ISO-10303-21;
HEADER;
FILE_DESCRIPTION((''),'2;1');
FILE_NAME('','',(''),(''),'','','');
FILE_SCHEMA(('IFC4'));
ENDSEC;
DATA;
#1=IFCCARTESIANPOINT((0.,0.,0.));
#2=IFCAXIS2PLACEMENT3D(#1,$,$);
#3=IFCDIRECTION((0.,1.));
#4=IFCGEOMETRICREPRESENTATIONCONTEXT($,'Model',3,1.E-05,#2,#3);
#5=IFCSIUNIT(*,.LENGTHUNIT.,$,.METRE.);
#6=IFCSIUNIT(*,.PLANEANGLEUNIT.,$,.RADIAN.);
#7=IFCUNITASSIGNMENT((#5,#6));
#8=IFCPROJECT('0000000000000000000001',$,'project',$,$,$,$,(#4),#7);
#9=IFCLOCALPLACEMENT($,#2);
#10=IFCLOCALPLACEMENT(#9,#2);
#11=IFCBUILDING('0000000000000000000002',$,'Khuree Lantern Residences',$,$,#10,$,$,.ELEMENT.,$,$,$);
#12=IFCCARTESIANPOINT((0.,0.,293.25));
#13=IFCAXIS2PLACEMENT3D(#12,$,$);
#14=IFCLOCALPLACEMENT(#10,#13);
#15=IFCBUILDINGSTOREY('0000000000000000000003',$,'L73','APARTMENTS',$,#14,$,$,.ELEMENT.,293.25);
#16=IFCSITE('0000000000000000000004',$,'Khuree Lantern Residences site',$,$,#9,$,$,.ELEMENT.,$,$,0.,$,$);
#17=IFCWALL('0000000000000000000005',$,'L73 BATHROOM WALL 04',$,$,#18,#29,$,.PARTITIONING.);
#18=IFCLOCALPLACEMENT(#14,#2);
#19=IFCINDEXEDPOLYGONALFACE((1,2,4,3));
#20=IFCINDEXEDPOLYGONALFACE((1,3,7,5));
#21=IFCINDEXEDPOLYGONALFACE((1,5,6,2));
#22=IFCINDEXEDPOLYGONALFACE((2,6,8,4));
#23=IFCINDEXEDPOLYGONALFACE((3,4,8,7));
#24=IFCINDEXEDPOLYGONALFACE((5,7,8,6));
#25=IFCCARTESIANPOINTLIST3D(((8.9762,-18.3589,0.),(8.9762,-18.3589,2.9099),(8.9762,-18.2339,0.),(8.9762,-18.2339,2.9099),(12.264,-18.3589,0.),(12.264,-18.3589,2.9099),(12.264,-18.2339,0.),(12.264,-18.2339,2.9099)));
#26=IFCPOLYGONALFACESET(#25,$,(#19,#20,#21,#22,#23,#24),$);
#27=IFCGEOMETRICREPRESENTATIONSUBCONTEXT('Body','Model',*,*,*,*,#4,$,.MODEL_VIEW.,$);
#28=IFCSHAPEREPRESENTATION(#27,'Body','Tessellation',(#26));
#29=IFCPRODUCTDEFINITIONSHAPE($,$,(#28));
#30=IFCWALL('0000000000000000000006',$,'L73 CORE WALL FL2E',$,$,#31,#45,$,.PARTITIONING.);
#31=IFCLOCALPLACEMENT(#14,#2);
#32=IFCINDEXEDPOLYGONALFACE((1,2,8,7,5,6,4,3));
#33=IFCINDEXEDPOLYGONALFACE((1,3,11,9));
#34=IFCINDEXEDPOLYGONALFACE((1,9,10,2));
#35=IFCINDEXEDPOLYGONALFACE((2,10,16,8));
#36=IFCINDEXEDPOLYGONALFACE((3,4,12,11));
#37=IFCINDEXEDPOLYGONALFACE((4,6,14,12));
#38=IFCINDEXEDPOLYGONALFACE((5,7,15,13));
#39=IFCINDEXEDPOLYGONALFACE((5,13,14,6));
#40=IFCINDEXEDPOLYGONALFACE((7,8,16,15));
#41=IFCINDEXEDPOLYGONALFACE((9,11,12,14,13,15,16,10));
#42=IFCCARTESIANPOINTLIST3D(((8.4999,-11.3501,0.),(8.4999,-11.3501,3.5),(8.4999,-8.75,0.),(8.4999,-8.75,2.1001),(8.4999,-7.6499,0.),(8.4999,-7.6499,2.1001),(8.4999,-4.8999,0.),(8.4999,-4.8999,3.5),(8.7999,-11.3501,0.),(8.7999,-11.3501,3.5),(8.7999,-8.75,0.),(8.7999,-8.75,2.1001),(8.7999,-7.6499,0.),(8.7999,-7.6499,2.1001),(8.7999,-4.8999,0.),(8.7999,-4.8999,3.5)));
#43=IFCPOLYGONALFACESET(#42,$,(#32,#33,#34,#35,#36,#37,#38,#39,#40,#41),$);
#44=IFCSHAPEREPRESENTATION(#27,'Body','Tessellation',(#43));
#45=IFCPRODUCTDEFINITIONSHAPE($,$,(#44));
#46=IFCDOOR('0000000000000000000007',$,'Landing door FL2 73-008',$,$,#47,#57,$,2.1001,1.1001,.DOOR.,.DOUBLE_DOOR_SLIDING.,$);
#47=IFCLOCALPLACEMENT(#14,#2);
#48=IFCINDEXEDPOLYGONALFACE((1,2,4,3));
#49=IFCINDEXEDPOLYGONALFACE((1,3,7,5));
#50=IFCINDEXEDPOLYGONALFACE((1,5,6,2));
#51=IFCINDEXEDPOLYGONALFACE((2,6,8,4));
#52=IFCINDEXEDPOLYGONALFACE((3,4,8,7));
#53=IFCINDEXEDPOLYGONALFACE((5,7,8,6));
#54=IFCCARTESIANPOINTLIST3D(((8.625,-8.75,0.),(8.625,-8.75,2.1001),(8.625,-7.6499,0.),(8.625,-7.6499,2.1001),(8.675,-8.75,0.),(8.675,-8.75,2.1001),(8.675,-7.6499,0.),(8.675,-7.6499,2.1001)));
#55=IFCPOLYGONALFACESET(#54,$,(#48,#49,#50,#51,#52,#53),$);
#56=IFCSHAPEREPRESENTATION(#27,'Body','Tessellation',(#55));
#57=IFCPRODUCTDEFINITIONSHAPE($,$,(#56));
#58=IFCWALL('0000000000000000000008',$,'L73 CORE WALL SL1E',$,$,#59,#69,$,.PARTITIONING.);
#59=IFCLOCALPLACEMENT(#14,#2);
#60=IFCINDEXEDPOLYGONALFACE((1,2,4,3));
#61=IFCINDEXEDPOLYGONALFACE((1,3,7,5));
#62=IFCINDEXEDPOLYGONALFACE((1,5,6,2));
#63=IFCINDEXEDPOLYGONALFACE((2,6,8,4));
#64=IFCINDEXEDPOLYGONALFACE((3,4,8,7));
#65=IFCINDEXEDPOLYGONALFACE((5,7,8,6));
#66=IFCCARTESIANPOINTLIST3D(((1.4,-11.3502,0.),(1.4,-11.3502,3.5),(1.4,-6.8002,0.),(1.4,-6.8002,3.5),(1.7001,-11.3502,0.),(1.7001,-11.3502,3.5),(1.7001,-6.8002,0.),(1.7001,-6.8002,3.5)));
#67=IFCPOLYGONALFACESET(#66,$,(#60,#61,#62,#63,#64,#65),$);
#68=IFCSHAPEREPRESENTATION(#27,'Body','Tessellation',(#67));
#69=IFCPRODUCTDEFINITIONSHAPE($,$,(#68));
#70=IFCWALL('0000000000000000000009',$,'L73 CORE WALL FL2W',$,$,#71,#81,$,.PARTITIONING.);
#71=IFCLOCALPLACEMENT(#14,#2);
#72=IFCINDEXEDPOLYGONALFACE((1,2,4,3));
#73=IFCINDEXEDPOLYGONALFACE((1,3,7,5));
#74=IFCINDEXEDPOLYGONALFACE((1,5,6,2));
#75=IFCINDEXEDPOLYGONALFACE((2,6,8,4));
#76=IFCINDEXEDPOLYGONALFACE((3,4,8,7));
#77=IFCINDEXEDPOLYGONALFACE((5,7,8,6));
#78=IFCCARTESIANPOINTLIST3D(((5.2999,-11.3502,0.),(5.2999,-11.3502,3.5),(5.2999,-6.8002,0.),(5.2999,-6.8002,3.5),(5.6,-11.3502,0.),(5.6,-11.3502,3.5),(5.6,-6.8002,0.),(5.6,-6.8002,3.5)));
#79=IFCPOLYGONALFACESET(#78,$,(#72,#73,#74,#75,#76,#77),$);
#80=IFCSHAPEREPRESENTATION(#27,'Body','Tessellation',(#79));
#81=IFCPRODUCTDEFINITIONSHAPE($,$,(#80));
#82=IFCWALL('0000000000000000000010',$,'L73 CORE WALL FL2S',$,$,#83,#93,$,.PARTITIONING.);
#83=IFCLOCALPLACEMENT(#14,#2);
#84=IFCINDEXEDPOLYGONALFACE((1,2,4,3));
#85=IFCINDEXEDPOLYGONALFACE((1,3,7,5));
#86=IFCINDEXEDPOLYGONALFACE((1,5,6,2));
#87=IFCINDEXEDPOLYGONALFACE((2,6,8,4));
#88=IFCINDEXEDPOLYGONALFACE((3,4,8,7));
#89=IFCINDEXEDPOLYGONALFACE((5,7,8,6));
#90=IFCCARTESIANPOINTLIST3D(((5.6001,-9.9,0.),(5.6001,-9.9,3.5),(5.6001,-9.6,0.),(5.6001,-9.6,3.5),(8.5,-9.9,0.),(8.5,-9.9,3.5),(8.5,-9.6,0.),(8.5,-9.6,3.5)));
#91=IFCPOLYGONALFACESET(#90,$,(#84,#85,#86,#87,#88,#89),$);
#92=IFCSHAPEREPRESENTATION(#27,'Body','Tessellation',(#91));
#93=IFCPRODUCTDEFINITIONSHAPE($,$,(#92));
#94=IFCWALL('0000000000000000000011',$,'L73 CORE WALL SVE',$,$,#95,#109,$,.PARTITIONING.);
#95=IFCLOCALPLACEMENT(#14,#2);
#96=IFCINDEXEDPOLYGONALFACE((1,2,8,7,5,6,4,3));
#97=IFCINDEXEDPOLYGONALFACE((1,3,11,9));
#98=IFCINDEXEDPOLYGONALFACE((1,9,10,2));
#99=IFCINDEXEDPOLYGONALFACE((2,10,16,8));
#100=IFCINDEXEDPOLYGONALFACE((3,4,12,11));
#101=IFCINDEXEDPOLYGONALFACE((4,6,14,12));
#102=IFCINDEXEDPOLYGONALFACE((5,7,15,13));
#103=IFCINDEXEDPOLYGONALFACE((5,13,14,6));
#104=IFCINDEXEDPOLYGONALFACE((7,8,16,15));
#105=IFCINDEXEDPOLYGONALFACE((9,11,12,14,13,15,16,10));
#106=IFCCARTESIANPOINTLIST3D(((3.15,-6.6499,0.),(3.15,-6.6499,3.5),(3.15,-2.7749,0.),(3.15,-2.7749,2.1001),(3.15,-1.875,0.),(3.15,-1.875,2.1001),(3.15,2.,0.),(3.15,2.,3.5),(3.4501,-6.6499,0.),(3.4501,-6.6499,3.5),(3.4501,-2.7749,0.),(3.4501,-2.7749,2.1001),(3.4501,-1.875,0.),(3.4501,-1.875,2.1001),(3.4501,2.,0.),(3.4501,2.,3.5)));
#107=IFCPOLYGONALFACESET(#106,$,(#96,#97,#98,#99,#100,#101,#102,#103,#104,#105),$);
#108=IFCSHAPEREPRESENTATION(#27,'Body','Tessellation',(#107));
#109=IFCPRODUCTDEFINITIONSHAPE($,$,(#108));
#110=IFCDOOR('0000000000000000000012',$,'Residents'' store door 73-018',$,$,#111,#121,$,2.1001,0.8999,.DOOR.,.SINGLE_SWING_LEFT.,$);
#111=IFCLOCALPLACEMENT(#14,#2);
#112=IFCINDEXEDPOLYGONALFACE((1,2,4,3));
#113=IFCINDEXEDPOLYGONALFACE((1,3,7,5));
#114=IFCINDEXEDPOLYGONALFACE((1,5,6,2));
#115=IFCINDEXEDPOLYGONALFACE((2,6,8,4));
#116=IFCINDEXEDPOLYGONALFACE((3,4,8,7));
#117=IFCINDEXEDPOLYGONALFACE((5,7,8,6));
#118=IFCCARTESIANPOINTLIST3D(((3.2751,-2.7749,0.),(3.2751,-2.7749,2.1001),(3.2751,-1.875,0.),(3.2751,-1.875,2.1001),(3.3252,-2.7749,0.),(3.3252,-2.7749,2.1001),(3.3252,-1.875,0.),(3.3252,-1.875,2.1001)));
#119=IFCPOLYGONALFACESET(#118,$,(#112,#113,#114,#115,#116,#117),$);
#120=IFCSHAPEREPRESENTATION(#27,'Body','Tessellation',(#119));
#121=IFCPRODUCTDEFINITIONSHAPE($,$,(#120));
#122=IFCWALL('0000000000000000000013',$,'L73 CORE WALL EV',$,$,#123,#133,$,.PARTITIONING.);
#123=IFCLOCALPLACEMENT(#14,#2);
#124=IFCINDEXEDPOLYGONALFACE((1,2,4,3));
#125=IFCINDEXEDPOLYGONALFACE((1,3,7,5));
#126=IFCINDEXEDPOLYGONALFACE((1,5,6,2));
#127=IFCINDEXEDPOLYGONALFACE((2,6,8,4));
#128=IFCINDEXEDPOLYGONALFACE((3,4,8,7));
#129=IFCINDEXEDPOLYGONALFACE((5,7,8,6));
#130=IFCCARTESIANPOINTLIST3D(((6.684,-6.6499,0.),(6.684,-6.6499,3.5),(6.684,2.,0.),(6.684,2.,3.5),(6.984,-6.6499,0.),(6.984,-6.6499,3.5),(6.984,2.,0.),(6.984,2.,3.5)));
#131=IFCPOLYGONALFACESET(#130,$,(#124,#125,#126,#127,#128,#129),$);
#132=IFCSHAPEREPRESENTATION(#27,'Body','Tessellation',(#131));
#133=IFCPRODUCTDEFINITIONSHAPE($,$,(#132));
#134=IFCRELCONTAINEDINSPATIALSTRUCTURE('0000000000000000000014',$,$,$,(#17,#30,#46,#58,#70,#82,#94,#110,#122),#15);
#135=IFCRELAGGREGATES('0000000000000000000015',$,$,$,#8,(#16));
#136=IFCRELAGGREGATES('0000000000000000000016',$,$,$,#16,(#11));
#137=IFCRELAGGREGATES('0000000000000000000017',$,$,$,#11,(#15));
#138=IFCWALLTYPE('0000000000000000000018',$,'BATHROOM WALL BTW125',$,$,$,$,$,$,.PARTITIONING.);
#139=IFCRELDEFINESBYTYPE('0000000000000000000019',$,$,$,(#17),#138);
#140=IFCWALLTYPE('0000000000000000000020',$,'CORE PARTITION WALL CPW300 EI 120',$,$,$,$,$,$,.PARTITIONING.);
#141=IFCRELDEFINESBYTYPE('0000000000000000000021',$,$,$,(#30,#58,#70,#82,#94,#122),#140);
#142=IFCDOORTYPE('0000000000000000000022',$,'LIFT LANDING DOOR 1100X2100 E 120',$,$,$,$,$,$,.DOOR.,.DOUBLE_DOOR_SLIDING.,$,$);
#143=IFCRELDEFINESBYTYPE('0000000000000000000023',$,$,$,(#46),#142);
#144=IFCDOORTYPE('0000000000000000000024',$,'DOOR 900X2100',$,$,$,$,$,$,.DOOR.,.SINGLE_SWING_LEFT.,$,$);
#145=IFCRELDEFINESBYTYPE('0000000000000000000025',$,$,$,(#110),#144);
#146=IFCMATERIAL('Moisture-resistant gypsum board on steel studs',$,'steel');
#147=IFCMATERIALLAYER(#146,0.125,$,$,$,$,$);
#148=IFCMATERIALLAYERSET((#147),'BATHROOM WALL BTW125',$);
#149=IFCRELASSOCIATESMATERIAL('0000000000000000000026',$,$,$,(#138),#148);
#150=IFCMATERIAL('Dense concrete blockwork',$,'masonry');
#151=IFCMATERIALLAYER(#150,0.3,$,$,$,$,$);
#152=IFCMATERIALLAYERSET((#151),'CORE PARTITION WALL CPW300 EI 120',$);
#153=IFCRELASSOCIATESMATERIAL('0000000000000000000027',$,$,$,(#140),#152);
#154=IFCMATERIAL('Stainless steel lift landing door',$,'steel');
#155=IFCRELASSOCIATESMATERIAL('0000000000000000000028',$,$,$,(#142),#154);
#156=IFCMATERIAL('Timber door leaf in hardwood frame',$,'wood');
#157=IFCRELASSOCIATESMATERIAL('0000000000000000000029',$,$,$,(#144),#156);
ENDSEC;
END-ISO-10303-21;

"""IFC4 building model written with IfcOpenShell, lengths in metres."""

from ifc_helpers import new_model, si_unit, direction, frame, frame_2d, origin, place, context, subcontext, project, spatial, rectangle, extrude, material, layer, layer_set, type_object, element, fill, save


model = new_model("IFC4")

# Units and contexts
model_context = context("Model", 3, precision=1e-05, world=origin(), true_north=direction((0.0, 1.0)))
body_context = subcontext(model_context, "Body", "Model", "MODEL_VIEW")
ifc_project = project(units=[si_unit("LENGTHUNIT", "METRE"), si_unit("PLANEANGLEUNIT", "RADIAN")], contexts=[model_context])

# Site, building, storey
site_placement = place(None, origin())
site = spatial("IfcSite", under=ifc_project, at=site_placement, Name="Khuree Lantern Residences site", CompositionType="ELEMENT", RefElevation=0.0)
building_placement = place(site_placement, origin())
building = spatial("IfcBuilding", under=site, at=building_placement, Name="Khuree Lantern Residences", CompositionType="ELEMENT")
storey_placement = place(building_placement, frame((0.0, 0.0, 293.25)))
storey = spatial("IfcBuildingStorey", under=building, at=storey_placement, Name="L73", Description="APARTMENTS", CompositionType="ELEMENT", Elevation=293.25)

# Wall
ifc_material_1 = material(Name="Moisture-resistant gypsum board on steel studs", Category="steel")
ifc_layer_1 = layer(ifc_material_1, 0.125)
ifc_layer_set_1 = layer_set([ifc_layer_1], Name="BATHROOM WALL BTW125")
wall_type_1 = type_object("IfcWallType", Name="BATHROOM WALL BTW125", PredefinedType="PARTITIONING", material=ifc_layer_set_1)
wall_1_placement = place(storey_placement, frame((8.9761, -18.2964, 0.0), z_axis=(0.0, 0.0, 1.0), x_axis=(1.0, 0.0, 0.0)))
element("IfcWall", 1, at=wall_1_placement, inside=storey, type_object=wall_type_1, Name="L73 BATHROOM WALL 04", PredefinedType="PARTITIONING", context=body_context, shape_type="SweptSolid", body=[
    extrude(rectangle(XDim=3.2878, YDim=0.125, at=frame_2d((1.644, 0.0))), origin(), (0.0, 0.0, 1.0), 2.9099),
])

# Wall, opening, door
ifc_material_2 = material(Name="Dense concrete blockwork", Category="masonry")
ifc_layer_2 = layer(ifc_material_2, 0.3)
ifc_layer_set_2 = layer_set([ifc_layer_2], Name="CORE PARTITION WALL CPW300 EI 120")
wall_type_2 = type_object("IfcWallType", Name="CORE PARTITION WALL CPW300 EI 120", PredefinedType="PARTITIONING", material=ifc_layer_set_2)
wall_2_placement = place(storey_placement, frame((8.6499, -11.3501, 0.0), z_axis=(0.0, 0.0, 1.0), x_axis=(0.0, 1.0, 0.0)))
wall_2 = element("IfcWall", 2, at=wall_2_placement, inside=storey, type_object=wall_type_2, Name="L73 CORE WALL FL2E", PredefinedType="PARTITIONING", context=body_context, shape_type="SweptSolid", body=[
    extrude(rectangle(XDim=6.4502, YDim=0.3, at=frame_2d((3.2251, 0.0))), origin(), (0.0, 0.0, 1.0), 3.5),
])
opening_1_placement = place(wall_2_placement, frame((2.6001, 0.0, 0.0)))
opening_1 = element("IfcOpeningElement", 3, at=opening_1_placement, cuts=wall_2, PredefinedType="OPENING", context=body_context, shape_type="SweptSolid", body=[
    extrude(rectangle(XDim=1.1001, YDim=2.1001, at=frame_2d((0.55, 1.05))), frame((0.0, 0.1602, 0.0), z_axis=(0.0, -1.0, 0.0), x_axis=(1.0, 0.0, 0.0)), (0.0, 0.0, 1.0), 0.3201),
])
ifc_material_3 = material(Name="Stainless steel lift landing door", Category="steel")
door_type_1 = type_object("IfcDoorType", Name="LIFT LANDING DOOR 1100X2100 E 120", OperationType="DOUBLE_DOOR_SLIDING", PredefinedType="DOOR", material=ifc_material_3)
door_1_placement = place(opening_1_placement, origin())
door_1 = element("IfcDoor", 4, at=door_1_placement, inside=storey, type_object=door_type_1, Name="Landing door FL2 73-008", OperationType="DOUBLE_DOOR_SLIDING", OverallHeight=2.1001, OverallWidth=1.1001, PredefinedType="DOOR", context=body_context, shape_type="SweptSolid", body=[
    extrude(rectangle(XDim=1.1001, YDim=2.1001, at=frame_2d((0.55, 1.05))), frame((0.0, 0.0249, 0.0), z_axis=(0.0, -1.0, 0.0), x_axis=(1.0, 0.0, 0.0)), (0.0, 0.0, 1.0), 0.05),
])
fill(opening_1, door_1)

# Walls
for number, where, z_axis, x_axis, name in (
    (5, (1.55, -11.3501, 0.0), (0.0, 0.0, 1.0), (0.0, 1.0, 0.0), "L73 CORE WALL SL1E"),
    (6, (5.45, -11.3501, 0.0), (0.0, 0.0, 1.0), (0.0, 1.0, 0.0), "L73 CORE WALL FL2W"),
):
    element("IfcWall", number, at=place(storey_placement, frame(where, z_axis=z_axis, x_axis=x_axis)), inside=storey, type_object=wall_type_2, Name=name, PredefinedType="PARTITIONING", context=body_context, shape_type="SweptSolid", body=[
        extrude(rectangle(XDim=4.55, YDim=0.3, at=frame_2d((2.2749, 0.0))), origin(), (0.0, 0.0, 1.0), 3.5),
    ])
wall_3_placement = place(storey_placement, frame((5.6001, -9.75, 0.0), z_axis=(0.0, 0.0, 1.0), x_axis=(1.0, 0.0, 0.0)))
element("IfcWall", 7, at=wall_3_placement, inside=storey, type_object=wall_type_2, Name="L73 CORE WALL FL2S", PredefinedType="PARTITIONING", context=body_context, shape_type="SweptSolid", body=[
    extrude(rectangle(XDim=2.8999, YDim=0.3, at=frame_2d((1.45, 0.0))), origin(), (0.0, 0.0, 1.0), 3.5),
])

# Wall, opening, door
wall_4_placement = place(storey_placement, frame((3.3, -6.6499, 0.0), z_axis=(0.0, 0.0, 1.0), x_axis=(0.0, 1.0, 0.0)))
wall_4 = element("IfcWall", 8, at=wall_4_placement, inside=storey, type_object=wall_type_2, Name="L73 CORE WALL SVE", PredefinedType="PARTITIONING", context=body_context, shape_type="SweptSolid", body=[
    extrude(rectangle(XDim=8.6499, YDim=0.3, at=frame_2d((4.325, 0.0))), origin(), (0.0, 0.0, 1.0), 3.5),
])
opening_2_placement = place(wall_4_placement, frame((3.875, 0.0, 0.0)))
opening_2 = element("IfcOpeningElement", 9, at=opening_2_placement, cuts=wall_4, PredefinedType="OPENING", context=body_context, shape_type="SweptSolid", body=[
    extrude(rectangle(XDim=0.8999, YDim=2.1001, at=frame_2d((0.45, 1.05))), frame((0.0, 0.1602, 0.0), z_axis=(0.0, -1.0, 0.0), x_axis=(1.0, 0.0, 0.0)), (0.0, 0.0, 1.0), 0.3201),
])
ifc_material_4 = material(Name="Timber door leaf in hardwood frame", Category="wood")
door_type_2 = type_object("IfcDoorType", Name="DOOR 900X2100", OperationType="SINGLE_SWING_LEFT", PredefinedType="DOOR", material=ifc_material_4)
door_2_placement = place(opening_2_placement, origin())
door_2 = element("IfcDoor", 10, at=door_2_placement, inside=storey, type_object=door_type_2, Name="Residents' store door 73-018", OperationType="SINGLE_SWING_LEFT", OverallHeight=2.1001, OverallWidth=0.8999, PredefinedType="DOOR", context=body_context, shape_type="SweptSolid", body=[
    extrude(rectangle(XDim=0.8999, YDim=2.1001, at=frame_2d((0.45, 1.05))), frame((0.0, 0.0249, 0.0), z_axis=(0.0, -1.0, 0.0), x_axis=(1.0, 0.0, 0.0)), (0.0, 0.0, 1.0), 0.05),
])
fill(opening_2, door_2)

# Wall
wall_5_placement = place(storey_placement, frame((6.834, -6.6499, 0.0), z_axis=(0.0, 0.0, 1.0), x_axis=(0.0, 1.0, 0.0)))
element("IfcWall", 11, at=wall_5_placement, inside=storey, type_object=wall_type_2, Name="L73 CORE WALL EV", PredefinedType="PARTITIONING", context=body_context, shape_type="SweptSolid", body=[
    extrude(rectangle(XDim=8.6499, YDim=0.3, at=frame_2d((4.325, 0.0))), origin(), (0.0, 0.0, 1.0), 3.5),
])

save(model, "model.ifc")
